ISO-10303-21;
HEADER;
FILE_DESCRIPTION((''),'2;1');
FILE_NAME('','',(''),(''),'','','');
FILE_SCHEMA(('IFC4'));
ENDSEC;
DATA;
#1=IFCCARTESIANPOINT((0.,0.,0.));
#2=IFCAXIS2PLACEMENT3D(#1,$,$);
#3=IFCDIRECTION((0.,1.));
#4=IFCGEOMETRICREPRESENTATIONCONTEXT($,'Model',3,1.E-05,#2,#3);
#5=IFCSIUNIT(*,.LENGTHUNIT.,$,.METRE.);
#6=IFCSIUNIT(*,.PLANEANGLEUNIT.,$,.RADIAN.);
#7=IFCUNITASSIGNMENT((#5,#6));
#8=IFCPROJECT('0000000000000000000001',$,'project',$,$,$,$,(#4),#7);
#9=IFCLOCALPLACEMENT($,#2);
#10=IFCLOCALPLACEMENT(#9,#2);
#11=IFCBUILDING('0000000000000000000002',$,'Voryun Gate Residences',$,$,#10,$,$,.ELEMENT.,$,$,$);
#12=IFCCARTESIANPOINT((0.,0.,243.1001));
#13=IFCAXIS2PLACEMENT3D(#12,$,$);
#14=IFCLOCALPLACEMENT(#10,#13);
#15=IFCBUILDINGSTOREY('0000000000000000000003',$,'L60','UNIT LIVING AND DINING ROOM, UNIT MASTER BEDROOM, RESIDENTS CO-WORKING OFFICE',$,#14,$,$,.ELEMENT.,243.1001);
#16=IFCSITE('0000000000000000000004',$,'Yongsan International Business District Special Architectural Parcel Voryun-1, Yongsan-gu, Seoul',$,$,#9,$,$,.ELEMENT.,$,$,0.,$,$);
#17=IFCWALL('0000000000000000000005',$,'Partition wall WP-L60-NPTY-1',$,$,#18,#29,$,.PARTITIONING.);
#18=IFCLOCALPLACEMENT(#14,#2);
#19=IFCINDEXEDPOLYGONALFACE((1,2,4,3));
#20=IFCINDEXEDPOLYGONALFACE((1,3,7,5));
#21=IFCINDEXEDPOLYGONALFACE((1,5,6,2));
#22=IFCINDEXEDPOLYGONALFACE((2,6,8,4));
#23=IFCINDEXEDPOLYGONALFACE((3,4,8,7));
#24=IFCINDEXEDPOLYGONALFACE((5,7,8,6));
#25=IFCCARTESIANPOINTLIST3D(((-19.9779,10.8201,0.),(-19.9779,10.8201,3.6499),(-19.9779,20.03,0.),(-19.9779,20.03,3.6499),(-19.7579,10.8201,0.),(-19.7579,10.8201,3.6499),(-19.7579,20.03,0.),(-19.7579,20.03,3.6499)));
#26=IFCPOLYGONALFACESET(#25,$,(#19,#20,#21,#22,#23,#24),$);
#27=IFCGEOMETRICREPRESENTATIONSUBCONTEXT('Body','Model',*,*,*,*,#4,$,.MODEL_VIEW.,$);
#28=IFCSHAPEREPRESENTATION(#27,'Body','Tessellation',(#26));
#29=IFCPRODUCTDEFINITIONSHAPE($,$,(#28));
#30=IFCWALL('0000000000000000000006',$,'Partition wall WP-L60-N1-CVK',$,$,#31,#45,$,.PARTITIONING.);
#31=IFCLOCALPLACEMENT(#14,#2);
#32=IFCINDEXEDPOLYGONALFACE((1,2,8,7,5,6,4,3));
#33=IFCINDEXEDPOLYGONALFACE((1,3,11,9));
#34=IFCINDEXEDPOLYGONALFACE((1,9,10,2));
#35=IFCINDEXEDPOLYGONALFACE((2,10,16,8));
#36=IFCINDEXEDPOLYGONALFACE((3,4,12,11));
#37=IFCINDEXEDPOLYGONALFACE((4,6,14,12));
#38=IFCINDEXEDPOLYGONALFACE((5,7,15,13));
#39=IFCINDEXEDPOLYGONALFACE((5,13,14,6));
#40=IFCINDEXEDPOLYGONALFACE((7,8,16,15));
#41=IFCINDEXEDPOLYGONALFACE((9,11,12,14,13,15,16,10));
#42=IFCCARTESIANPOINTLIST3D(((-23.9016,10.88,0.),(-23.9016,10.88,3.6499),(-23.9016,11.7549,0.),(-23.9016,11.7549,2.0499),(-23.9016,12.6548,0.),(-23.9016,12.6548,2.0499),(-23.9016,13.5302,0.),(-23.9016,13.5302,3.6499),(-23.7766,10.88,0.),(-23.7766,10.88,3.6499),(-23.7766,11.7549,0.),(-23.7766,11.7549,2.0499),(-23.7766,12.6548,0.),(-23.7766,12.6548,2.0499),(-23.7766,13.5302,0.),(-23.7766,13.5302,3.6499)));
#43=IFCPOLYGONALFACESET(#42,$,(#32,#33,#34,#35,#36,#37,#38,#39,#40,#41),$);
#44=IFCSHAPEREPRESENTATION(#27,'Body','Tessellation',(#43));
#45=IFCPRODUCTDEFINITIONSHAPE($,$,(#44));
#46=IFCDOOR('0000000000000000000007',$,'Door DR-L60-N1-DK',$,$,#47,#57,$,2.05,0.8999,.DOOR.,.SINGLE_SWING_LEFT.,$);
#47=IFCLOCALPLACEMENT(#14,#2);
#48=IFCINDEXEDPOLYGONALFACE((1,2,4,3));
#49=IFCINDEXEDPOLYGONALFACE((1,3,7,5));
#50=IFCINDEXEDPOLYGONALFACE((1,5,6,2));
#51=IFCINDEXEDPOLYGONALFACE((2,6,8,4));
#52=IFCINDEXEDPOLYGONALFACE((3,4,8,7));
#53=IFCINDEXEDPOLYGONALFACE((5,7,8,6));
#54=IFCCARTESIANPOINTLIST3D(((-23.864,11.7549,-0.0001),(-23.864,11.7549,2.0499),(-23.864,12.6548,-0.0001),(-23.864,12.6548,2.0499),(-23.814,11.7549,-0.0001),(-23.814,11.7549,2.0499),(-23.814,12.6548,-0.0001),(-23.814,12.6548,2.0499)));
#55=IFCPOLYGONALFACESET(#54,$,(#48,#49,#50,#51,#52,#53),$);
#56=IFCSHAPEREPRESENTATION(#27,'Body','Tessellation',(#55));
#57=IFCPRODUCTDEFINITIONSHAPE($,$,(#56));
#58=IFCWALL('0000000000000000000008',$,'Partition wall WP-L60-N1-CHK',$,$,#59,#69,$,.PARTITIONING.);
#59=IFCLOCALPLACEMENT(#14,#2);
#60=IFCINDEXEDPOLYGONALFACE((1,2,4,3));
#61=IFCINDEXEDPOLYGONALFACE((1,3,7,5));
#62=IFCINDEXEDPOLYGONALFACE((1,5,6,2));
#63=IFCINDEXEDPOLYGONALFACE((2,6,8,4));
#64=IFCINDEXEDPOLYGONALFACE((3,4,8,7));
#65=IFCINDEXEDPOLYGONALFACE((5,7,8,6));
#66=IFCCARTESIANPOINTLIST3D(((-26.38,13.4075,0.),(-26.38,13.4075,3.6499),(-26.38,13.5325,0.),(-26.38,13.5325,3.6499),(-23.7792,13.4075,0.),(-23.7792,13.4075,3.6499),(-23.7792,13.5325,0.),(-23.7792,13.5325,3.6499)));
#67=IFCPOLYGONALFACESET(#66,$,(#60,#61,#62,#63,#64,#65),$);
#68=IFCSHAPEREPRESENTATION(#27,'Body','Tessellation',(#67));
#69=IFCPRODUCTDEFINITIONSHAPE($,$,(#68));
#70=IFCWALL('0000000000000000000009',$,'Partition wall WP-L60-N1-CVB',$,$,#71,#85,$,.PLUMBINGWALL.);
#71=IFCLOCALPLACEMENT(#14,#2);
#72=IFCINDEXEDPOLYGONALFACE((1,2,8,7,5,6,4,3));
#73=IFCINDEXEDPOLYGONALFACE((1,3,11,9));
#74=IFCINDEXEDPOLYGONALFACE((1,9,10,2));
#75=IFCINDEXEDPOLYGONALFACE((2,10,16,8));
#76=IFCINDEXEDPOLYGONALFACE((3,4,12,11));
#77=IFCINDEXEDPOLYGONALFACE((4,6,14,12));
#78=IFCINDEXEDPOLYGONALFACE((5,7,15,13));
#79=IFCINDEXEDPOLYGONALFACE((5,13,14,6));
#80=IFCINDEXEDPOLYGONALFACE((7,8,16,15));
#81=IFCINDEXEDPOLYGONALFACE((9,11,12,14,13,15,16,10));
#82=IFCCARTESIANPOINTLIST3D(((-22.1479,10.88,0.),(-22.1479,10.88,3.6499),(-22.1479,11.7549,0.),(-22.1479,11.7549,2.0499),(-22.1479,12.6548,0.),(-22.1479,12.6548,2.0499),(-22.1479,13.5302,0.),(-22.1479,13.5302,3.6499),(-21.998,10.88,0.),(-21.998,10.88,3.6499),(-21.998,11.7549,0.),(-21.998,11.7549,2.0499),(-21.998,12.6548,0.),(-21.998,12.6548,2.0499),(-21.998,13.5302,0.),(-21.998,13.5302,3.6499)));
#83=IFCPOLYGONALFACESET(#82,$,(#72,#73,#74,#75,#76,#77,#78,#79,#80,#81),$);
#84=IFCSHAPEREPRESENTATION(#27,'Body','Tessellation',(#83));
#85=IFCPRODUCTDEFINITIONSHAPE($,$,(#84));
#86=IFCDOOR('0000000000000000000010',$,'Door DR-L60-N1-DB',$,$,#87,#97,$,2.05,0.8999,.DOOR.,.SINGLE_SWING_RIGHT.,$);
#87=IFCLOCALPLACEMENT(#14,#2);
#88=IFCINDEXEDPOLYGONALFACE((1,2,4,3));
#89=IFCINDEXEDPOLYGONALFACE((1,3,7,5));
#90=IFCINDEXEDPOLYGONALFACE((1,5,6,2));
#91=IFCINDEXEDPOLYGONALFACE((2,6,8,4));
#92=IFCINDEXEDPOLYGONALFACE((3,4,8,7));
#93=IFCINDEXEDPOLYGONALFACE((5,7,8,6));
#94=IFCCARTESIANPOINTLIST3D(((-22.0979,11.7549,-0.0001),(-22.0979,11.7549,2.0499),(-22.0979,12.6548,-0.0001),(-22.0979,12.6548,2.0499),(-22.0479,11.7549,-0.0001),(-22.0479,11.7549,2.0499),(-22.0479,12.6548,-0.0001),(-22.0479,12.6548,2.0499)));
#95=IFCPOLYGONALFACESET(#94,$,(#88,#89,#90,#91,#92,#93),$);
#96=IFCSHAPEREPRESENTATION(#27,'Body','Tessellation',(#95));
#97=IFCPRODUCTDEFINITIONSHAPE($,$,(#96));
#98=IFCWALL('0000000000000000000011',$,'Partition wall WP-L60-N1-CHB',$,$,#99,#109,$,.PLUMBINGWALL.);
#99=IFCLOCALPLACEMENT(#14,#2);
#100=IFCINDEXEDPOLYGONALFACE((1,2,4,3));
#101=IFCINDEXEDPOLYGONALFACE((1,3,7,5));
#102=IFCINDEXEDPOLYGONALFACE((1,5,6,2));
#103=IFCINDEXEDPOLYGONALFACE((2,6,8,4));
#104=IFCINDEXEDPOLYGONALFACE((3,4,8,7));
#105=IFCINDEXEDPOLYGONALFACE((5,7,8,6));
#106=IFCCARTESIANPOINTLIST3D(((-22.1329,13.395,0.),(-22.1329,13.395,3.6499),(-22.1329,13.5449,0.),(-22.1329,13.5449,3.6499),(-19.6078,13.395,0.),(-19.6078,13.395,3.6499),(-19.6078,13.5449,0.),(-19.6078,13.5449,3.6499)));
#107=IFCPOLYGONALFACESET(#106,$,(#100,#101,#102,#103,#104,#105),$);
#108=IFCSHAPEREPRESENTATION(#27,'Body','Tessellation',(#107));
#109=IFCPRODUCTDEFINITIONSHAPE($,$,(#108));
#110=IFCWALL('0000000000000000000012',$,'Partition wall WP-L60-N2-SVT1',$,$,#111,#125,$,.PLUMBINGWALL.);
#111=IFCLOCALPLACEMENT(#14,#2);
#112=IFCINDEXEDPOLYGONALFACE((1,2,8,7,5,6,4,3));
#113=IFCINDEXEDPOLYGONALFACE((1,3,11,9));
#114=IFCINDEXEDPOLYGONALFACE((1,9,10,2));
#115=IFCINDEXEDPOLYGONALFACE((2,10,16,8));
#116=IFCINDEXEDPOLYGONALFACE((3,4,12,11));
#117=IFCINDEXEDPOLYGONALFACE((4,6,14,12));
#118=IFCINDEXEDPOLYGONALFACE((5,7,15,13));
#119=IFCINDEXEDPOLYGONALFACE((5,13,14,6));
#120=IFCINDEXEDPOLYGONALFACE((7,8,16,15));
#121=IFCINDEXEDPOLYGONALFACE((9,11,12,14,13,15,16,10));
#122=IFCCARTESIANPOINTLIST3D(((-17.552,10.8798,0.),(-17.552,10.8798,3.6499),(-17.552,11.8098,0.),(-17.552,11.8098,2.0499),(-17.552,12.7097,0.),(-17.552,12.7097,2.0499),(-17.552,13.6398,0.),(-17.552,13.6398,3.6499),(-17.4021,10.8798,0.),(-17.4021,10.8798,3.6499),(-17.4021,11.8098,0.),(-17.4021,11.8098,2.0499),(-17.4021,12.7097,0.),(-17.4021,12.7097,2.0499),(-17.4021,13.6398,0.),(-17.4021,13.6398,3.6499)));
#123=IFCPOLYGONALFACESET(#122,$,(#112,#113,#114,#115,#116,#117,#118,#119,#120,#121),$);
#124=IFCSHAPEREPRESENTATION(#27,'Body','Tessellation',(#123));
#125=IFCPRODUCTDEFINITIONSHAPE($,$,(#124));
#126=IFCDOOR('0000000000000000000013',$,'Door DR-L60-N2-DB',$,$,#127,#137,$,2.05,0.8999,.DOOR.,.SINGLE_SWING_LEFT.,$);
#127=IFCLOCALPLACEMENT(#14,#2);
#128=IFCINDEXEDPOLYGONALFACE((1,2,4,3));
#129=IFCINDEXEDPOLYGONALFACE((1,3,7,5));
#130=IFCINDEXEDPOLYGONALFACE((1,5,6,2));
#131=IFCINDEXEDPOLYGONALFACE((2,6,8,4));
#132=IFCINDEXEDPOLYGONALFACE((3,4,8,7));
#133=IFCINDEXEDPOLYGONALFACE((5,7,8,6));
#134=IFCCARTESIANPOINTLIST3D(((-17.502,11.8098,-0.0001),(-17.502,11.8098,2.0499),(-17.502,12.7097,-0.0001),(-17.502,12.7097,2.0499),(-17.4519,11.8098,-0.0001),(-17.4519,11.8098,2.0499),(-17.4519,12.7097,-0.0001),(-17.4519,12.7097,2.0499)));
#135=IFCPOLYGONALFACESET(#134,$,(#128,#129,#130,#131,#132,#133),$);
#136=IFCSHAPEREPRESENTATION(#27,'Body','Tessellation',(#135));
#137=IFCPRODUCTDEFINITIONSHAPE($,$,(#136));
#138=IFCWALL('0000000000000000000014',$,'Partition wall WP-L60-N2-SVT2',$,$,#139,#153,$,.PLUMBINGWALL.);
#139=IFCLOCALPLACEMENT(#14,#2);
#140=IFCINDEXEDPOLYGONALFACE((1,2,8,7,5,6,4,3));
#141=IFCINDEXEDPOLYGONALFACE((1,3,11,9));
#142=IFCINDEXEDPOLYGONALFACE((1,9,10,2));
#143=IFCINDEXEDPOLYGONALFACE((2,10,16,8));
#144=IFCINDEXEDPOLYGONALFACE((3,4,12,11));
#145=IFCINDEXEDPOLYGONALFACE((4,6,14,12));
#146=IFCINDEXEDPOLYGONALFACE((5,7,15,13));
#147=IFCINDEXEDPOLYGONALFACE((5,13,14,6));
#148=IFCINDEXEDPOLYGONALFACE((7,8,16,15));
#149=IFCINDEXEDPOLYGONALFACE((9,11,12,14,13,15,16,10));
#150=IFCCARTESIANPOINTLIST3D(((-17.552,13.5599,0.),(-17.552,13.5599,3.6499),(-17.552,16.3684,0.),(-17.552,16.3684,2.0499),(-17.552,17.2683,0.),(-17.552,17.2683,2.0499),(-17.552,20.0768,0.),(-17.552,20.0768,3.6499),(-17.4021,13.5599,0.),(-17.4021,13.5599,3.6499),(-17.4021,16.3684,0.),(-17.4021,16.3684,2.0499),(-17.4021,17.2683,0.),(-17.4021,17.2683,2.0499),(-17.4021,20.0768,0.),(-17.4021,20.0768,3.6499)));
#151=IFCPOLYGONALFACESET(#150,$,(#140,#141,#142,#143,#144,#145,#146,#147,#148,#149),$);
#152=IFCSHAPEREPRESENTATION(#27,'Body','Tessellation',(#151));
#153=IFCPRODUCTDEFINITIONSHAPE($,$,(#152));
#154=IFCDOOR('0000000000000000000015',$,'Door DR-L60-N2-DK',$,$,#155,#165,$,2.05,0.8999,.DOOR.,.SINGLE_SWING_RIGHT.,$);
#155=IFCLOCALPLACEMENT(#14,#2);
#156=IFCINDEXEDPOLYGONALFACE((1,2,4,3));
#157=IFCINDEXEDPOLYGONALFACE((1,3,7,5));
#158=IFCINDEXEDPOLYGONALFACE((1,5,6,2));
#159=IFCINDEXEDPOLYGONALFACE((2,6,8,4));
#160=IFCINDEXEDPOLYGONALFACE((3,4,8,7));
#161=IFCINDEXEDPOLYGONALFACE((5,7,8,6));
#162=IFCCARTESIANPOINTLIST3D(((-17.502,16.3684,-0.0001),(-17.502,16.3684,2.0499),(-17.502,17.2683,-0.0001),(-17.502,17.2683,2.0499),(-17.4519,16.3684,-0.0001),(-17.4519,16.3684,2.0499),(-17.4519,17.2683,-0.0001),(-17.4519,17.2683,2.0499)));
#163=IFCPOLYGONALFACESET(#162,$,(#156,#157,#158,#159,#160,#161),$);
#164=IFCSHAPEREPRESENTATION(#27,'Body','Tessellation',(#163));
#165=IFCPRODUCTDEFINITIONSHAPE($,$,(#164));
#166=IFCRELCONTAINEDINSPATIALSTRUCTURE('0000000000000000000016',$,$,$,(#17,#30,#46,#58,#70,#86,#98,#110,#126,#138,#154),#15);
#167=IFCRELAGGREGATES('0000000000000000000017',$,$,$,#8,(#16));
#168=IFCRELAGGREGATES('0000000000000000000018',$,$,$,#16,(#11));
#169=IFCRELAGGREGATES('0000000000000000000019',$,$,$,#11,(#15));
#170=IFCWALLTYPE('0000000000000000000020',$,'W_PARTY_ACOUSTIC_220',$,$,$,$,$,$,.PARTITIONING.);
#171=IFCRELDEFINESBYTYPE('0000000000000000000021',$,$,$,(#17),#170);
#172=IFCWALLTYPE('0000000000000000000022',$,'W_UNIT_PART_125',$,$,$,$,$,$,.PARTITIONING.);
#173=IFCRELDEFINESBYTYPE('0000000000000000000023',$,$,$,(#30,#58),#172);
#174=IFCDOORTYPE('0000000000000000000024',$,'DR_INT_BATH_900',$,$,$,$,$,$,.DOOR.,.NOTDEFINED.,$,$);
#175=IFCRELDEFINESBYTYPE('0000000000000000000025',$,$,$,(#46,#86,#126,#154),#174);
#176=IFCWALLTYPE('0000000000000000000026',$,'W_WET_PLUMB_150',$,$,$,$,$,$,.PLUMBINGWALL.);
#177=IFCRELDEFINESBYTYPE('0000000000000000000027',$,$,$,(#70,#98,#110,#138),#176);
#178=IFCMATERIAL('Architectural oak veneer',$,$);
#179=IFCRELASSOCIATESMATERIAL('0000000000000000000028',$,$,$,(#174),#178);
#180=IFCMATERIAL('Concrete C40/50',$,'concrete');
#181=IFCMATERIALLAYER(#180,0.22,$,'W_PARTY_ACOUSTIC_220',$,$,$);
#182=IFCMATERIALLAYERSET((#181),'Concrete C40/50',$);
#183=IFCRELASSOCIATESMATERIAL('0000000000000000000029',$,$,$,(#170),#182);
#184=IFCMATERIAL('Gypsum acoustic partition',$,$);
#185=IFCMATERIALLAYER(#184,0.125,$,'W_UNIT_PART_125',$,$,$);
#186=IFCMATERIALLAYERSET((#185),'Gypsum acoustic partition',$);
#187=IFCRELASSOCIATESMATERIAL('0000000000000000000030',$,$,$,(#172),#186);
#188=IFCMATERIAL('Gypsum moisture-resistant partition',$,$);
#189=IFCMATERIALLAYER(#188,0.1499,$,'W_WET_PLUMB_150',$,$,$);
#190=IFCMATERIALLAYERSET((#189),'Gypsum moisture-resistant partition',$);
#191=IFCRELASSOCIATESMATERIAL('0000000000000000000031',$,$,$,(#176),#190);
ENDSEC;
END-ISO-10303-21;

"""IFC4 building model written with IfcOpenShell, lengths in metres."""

from ifc_helpers import new_model, si_unit, direction, frame, frame_2d, origin, place, context, subcontext, project, spatial, rectangle, extrude, material, layer, layer_set, type_object, element, fill, save


model = new_model("IFC4")

# Units and contexts
model_context = context("Model", 3, precision=1e-05, world=origin(), true_north=direction((0.0, 1.0)))
body_context = subcontext(model_context, "Body", "Model", "MODEL_VIEW")
ifc_project = project(units=[si_unit("LENGTHUNIT", "METRE"), si_unit("PLANEANGLEUNIT", "RADIAN")], contexts=[model_context])

# Site, building, storey
site_placement = place(None, origin())
site = spatial("IfcSite", under=ifc_project, at=site_placement, Name="Yongsan International Business District Special Architectural Parcel Voryun-1, Yongsan-gu, Seoul", CompositionType="ELEMENT", RefElevation=0.0)
building_placement = place(site_placement, origin())
building = spatial("IfcBuilding", under=site, at=building_placement, Name="Voryun Gate Residences", CompositionType="ELEMENT")
storey_placement = place(building_placement, frame((0.0, 0.0, 243.1001)))
storey = spatial("IfcBuildingStorey", under=building, at=storey_placement, Name="L60", Description="UNIT LIVING AND DINING ROOM, UNIT MASTER BEDROOM, RESIDENTS CO-WORKING OFFICE", CompositionType="ELEMENT", Elevation=243.1001)

# Shared definitions
ifc_material_1 = material(Name="Architectural oak veneer")
door_type_1 = type_object("IfcDoorType", Name="DR_INT_BATH_900", OperationType="NOTDEFINED", PredefinedType="DOOR", material=ifc_material_1)

# Wall
ifc_material_2 = material(Name="Concrete C40/50", Category="concrete")
ifc_layer_1 = layer(ifc_material_2, 0.22, Name="W_PARTY_ACOUSTIC_220")
ifc_layer_set_1 = layer_set([ifc_layer_1], Name="Concrete C40/50")
wall_type_1 = type_object("IfcWallType", Name="W_PARTY_ACOUSTIC_220", PredefinedType="PARTITIONING", material=ifc_layer_set_1)
wall_1_placement = place(storey_placement, frame((-19.8679, 10.8201, 0.0), z_axis=(0.0, 0.0, 1.0), x_axis=(0.0, 1.0, 0.0)))
element("IfcWall", 1, at=wall_1_placement, inside=storey, type_object=wall_type_1, Name="Partition wall WP-L60-NPTY-1", PredefinedType="PARTITIONING", context=body_context, shape_type="SweptSolid", body=[
    extrude(rectangle(XDim=9.21, YDim=0.22, at=frame_2d((4.605, 0.0))), origin(), (0.0, 0.0, 1.0), 3.6499),
])

# Wall, opening, door
ifc_material_3 = material(Name="Gypsum acoustic partition")
ifc_layer_2 = layer(ifc_material_3, 0.125, Name="W_UNIT_PART_125")
ifc_layer_set_2 = layer_set([ifc_layer_2], Name="Gypsum acoustic partition")
wall_type_2 = type_object("IfcWallType", Name="W_UNIT_PART_125", PredefinedType="PARTITIONING", material=ifc_layer_set_2)
wall_2_placement = place(storey_placement, frame((-23.8391, 10.8799, 0.0), z_axis=(0.0, 0.0, 1.0), x_axis=(0.0, 1.0, 0.0)))
wall_2 = element("IfcWall", 2, at=wall_2_placement, inside=storey, type_object=wall_type_2, Name="Partition wall WP-L60-N1-CVK", PredefinedType="PARTITIONING", context=body_context, shape_type="SweptSolid", body=[
    extrude(rectangle(XDim=2.6501, YDim=0.125, at=frame_2d((1.3252, 0.0))), origin(), (0.0, 0.0, 1.0), 3.6499),
])
opening_1_placement = place(wall_2_placement, frame((0.875, 0.0, 0.0)))
opening_1 = element("IfcOpeningElement", 3, at=opening_1_placement, cuts=wall_2, PredefinedType="OPENING", context=body_context, shape_type="SweptSolid", body=[
    extrude(rectangle(XDim=0.8999, YDim=2.05, at=frame_2d((0.45, 1.0249))), frame((0.0, 0.0725, 0.0), z_axis=(0.0, -1.0, 0.0), x_axis=(1.0, 0.0, 0.0)), (0.0, 0.0, 1.0), 0.145),
])
door_1_placement = place(opening_1_placement, origin())
door_1 = element("IfcDoor", 4, at=door_1_placement, inside=storey, type_object=door_type_1, Name="Door DR-L60-N1-DK", OperationType="SINGLE_SWING_LEFT", OverallHeight=2.05, OverallWidth=0.8999, PredefinedType="DOOR", context=body_context, shape_type="SweptSolid", body=[
    extrude(rectangle(XDim=0.8999, YDim=2.05, at=frame_2d((0.45, 1.0249))), frame((0.0, 0.0249, 0.0), z_axis=(0.0, -1.0, 0.0), x_axis=(1.0, 0.0, 0.0)), (0.0, 0.0, 1.0), 0.05),
])
fill(opening_1, door_1)

# Wall
wall_3_placement = place(storey_placement, frame((-26.3799, 13.47, 0.0), z_axis=(0.0, 0.0, 1.0), x_axis=(1.0, 0.0, 0.0)))
element("IfcWall", 5, at=wall_3_placement, inside=storey, type_object=wall_type_2, Name="Partition wall WP-L60-N1-CHK", PredefinedType="PARTITIONING", context=body_context, shape_type="SweptSolid", body=[
    extrude(rectangle(XDim=2.6008, YDim=0.125, at=frame_2d((1.3003, 0.0))), origin(), (0.0, 0.0, 1.0), 3.6499),
])

# Wall, opening, door
ifc_material_4 = material(Name="Gypsum moisture-resistant partition")
ifc_layer_3 = layer(ifc_material_4, 0.1499, Name="W_WET_PLUMB_150")
ifc_layer_set_3 = layer_set([ifc_layer_3], Name="Gypsum moisture-resistant partition")
wall_type_3 = type_object("IfcWallType", Name="W_WET_PLUMB_150", PredefinedType="PLUMBINGWALL", material=ifc_layer_set_3)
wall_4_placement = place(storey_placement, frame((-22.073, 10.8799, 0.0), z_axis=(0.0, 0.0, 1.0), x_axis=(0.0, 1.0, 0.0)))
wall_4 = element("IfcWall", 6, at=wall_4_placement, inside=storey, type_object=wall_type_3, Name="Partition wall WP-L60-N1-CVB", PredefinedType="PLUMBINGWALL", context=body_context, shape_type="SweptSolid", body=[
    extrude(rectangle(XDim=2.6501, YDim=0.1499, at=frame_2d((1.3252, 0.0))), origin(), (0.0, 0.0, 1.0), 3.6499),
])
opening_2_placement = place(wall_4_placement, frame((0.875, 0.0, 0.0)))
opening_2 = element("IfcOpeningElement", 7, at=opening_2_placement, cuts=wall_4, PredefinedType="OPENING", context=body_context, shape_type="SweptSolid", body=[
    extrude(rectangle(XDim=0.8999, YDim=2.05, at=frame_2d((0.45, 1.0249))), frame((0.0, 0.085, 0.0), z_axis=(0.0, -1.0, 0.0), x_axis=(1.0, 0.0, 0.0)), (0.0, 0.0, 1.0), 0.1699),
])
door_2_placement = place(opening_2_placement, origin())
door_2 = element("IfcDoor", 8, at=door_2_placement, inside=storey, type_object=door_type_1, Name="Door DR-L60-N1-DB", OperationType="SINGLE_SWING_RIGHT", OverallHeight=2.05, OverallWidth=0.8999, PredefinedType="DOOR", context=body_context, shape_type="SweptSolid", body=[
    extrude(rectangle(XDim=0.8999, YDim=2.05, at=frame_2d((0.45, 1.0249))), frame((0.0, 0.0249, 0.0), z_axis=(0.0, -1.0, 0.0), x_axis=(1.0, 0.0, 0.0)), (0.0, 0.0, 1.0), 0.05),
])
fill(opening_2, door_2)

# Wall
wall_5_placement = place(storey_placement, frame((-22.1331, 13.47, 0.0), z_axis=(0.0, 0.0, 1.0), x_axis=(1.0, 0.0, 0.0)))
element("IfcWall", 9, at=wall_5_placement, inside=storey, type_object=wall_type_3, Name="Partition wall WP-L60-N1-CHB", PredefinedType="PLUMBINGWALL", context=body_context, shape_type="SweptSolid", body=[
    extrude(rectangle(XDim=2.5251, YDim=0.1499, at=frame_2d((1.2627, 0.0))), origin(), (0.0, 0.0, 1.0), 3.6499),
])

# Walls, openings, doors
wall_6_placement = place(storey_placement, frame((-17.4771, 10.8799, 0.0), z_axis=(0.0, 0.0, 1.0), x_axis=(0.0, 1.0, 0.0)))
wall_6 = element("IfcWall", 10, at=wall_6_placement, inside=storey, type_object=wall_type_3, Name="Partition wall WP-L60-N2-SVT1", PredefinedType="PLUMBINGWALL", context=body_context, shape_type="SweptSolid", body=[
    extrude(rectangle(XDim=2.76, YDim=0.1499, at=frame_2d((1.3799, 0.0))), origin(), (0.0, 0.0, 1.0), 3.6499),
])
opening_3_placement = place(wall_6_placement, frame((0.9299, 0.0, 0.0)))
opening_3 = element("IfcOpeningElement", 11, at=opening_3_placement, cuts=wall_6, PredefinedType="OPENING", context=body_context, shape_type="SweptSolid", body=[
    extrude(rectangle(XDim=0.8999, YDim=2.05, at=frame_2d((0.45, 1.0249))), frame((0.0, 0.085, 0.0), z_axis=(0.0, -1.0, 0.0), x_axis=(1.0, 0.0, 0.0)), (0.0, 0.0, 1.0), 0.1699),
])
door_3_placement = place(opening_3_placement, origin())
door_3 = element("IfcDoor", 12, at=door_3_placement, inside=storey, type_object=door_type_1, Name="Door DR-L60-N2-DB", OperationType="SINGLE_SWING_LEFT", OverallHeight=2.05, OverallWidth=0.8999, PredefinedType="DOOR", context=body_context, shape_type="SweptSolid", body=[
    extrude(rectangle(XDim=0.8999, YDim=2.05, at=frame_2d((0.45, 1.0249))), frame((0.0, 0.0249, 0.0), z_axis=(0.0, -1.0, 0.0), x_axis=(1.0, 0.0, 0.0)), (0.0, 0.0, 1.0), 0.05),
])
fill(opening_3, door_3)
wall_7_placement = place(storey_placement, frame((-17.4771, 13.5601, 0.0), z_axis=(0.0, 0.0, 1.0), x_axis=(0.0, 1.0, 0.0)))
wall_7 = element("IfcWall", 13, at=wall_7_placement, inside=storey, type_object=wall_type_3, Name="Partition wall WP-L60-N2-SVT2", PredefinedType="PLUMBINGWALL", context=body_context, shape_type="SweptSolid", body=[
    extrude(rectangle(XDim=6.5168, YDim=0.1499, at=frame_2d((3.2583, 0.0))), origin(), (0.0, 0.0, 1.0), 3.6499),
])
opening_4_placement = place(wall_7_placement, frame((2.8083, 0.0, 0.0)))
opening_4 = element("IfcOpeningElement", 14, at=opening_4_placement, cuts=wall_7, PredefinedType="OPENING", context=body_context, shape_type="SweptSolid", body=[
    extrude(rectangle(XDim=0.8999, YDim=2.05, at=frame_2d((0.45, 1.0249))), frame((0.0, 0.085, 0.0), z_axis=(0.0, -1.0, 0.0), x_axis=(1.0, 0.0, 0.0)), (0.0, 0.0, 1.0), 0.1699),
])
door_4_placement = place(opening_4_placement, origin())
door_4 = element("IfcDoor", 15, at=door_4_placement, inside=storey, type_object=door_type_1, Name="Door DR-L60-N2-DK", OperationType="SINGLE_SWING_RIGHT", OverallHeight=2.05, OverallWidth=0.8999, PredefinedType="DOOR", context=body_context, shape_type="SweptSolid", body=[
    extrude(rectangle(XDim=0.8999, YDim=2.05, at=frame_2d((0.45, 1.0249))), frame((0.0, 0.0249, 0.0), z_axis=(0.0, -1.0, 0.0), x_axis=(1.0, 0.0, 0.0)), (0.0, 0.0, 1.0), 0.05),
])
fill(opening_4, door_4)

save(model, "model.ifc")
